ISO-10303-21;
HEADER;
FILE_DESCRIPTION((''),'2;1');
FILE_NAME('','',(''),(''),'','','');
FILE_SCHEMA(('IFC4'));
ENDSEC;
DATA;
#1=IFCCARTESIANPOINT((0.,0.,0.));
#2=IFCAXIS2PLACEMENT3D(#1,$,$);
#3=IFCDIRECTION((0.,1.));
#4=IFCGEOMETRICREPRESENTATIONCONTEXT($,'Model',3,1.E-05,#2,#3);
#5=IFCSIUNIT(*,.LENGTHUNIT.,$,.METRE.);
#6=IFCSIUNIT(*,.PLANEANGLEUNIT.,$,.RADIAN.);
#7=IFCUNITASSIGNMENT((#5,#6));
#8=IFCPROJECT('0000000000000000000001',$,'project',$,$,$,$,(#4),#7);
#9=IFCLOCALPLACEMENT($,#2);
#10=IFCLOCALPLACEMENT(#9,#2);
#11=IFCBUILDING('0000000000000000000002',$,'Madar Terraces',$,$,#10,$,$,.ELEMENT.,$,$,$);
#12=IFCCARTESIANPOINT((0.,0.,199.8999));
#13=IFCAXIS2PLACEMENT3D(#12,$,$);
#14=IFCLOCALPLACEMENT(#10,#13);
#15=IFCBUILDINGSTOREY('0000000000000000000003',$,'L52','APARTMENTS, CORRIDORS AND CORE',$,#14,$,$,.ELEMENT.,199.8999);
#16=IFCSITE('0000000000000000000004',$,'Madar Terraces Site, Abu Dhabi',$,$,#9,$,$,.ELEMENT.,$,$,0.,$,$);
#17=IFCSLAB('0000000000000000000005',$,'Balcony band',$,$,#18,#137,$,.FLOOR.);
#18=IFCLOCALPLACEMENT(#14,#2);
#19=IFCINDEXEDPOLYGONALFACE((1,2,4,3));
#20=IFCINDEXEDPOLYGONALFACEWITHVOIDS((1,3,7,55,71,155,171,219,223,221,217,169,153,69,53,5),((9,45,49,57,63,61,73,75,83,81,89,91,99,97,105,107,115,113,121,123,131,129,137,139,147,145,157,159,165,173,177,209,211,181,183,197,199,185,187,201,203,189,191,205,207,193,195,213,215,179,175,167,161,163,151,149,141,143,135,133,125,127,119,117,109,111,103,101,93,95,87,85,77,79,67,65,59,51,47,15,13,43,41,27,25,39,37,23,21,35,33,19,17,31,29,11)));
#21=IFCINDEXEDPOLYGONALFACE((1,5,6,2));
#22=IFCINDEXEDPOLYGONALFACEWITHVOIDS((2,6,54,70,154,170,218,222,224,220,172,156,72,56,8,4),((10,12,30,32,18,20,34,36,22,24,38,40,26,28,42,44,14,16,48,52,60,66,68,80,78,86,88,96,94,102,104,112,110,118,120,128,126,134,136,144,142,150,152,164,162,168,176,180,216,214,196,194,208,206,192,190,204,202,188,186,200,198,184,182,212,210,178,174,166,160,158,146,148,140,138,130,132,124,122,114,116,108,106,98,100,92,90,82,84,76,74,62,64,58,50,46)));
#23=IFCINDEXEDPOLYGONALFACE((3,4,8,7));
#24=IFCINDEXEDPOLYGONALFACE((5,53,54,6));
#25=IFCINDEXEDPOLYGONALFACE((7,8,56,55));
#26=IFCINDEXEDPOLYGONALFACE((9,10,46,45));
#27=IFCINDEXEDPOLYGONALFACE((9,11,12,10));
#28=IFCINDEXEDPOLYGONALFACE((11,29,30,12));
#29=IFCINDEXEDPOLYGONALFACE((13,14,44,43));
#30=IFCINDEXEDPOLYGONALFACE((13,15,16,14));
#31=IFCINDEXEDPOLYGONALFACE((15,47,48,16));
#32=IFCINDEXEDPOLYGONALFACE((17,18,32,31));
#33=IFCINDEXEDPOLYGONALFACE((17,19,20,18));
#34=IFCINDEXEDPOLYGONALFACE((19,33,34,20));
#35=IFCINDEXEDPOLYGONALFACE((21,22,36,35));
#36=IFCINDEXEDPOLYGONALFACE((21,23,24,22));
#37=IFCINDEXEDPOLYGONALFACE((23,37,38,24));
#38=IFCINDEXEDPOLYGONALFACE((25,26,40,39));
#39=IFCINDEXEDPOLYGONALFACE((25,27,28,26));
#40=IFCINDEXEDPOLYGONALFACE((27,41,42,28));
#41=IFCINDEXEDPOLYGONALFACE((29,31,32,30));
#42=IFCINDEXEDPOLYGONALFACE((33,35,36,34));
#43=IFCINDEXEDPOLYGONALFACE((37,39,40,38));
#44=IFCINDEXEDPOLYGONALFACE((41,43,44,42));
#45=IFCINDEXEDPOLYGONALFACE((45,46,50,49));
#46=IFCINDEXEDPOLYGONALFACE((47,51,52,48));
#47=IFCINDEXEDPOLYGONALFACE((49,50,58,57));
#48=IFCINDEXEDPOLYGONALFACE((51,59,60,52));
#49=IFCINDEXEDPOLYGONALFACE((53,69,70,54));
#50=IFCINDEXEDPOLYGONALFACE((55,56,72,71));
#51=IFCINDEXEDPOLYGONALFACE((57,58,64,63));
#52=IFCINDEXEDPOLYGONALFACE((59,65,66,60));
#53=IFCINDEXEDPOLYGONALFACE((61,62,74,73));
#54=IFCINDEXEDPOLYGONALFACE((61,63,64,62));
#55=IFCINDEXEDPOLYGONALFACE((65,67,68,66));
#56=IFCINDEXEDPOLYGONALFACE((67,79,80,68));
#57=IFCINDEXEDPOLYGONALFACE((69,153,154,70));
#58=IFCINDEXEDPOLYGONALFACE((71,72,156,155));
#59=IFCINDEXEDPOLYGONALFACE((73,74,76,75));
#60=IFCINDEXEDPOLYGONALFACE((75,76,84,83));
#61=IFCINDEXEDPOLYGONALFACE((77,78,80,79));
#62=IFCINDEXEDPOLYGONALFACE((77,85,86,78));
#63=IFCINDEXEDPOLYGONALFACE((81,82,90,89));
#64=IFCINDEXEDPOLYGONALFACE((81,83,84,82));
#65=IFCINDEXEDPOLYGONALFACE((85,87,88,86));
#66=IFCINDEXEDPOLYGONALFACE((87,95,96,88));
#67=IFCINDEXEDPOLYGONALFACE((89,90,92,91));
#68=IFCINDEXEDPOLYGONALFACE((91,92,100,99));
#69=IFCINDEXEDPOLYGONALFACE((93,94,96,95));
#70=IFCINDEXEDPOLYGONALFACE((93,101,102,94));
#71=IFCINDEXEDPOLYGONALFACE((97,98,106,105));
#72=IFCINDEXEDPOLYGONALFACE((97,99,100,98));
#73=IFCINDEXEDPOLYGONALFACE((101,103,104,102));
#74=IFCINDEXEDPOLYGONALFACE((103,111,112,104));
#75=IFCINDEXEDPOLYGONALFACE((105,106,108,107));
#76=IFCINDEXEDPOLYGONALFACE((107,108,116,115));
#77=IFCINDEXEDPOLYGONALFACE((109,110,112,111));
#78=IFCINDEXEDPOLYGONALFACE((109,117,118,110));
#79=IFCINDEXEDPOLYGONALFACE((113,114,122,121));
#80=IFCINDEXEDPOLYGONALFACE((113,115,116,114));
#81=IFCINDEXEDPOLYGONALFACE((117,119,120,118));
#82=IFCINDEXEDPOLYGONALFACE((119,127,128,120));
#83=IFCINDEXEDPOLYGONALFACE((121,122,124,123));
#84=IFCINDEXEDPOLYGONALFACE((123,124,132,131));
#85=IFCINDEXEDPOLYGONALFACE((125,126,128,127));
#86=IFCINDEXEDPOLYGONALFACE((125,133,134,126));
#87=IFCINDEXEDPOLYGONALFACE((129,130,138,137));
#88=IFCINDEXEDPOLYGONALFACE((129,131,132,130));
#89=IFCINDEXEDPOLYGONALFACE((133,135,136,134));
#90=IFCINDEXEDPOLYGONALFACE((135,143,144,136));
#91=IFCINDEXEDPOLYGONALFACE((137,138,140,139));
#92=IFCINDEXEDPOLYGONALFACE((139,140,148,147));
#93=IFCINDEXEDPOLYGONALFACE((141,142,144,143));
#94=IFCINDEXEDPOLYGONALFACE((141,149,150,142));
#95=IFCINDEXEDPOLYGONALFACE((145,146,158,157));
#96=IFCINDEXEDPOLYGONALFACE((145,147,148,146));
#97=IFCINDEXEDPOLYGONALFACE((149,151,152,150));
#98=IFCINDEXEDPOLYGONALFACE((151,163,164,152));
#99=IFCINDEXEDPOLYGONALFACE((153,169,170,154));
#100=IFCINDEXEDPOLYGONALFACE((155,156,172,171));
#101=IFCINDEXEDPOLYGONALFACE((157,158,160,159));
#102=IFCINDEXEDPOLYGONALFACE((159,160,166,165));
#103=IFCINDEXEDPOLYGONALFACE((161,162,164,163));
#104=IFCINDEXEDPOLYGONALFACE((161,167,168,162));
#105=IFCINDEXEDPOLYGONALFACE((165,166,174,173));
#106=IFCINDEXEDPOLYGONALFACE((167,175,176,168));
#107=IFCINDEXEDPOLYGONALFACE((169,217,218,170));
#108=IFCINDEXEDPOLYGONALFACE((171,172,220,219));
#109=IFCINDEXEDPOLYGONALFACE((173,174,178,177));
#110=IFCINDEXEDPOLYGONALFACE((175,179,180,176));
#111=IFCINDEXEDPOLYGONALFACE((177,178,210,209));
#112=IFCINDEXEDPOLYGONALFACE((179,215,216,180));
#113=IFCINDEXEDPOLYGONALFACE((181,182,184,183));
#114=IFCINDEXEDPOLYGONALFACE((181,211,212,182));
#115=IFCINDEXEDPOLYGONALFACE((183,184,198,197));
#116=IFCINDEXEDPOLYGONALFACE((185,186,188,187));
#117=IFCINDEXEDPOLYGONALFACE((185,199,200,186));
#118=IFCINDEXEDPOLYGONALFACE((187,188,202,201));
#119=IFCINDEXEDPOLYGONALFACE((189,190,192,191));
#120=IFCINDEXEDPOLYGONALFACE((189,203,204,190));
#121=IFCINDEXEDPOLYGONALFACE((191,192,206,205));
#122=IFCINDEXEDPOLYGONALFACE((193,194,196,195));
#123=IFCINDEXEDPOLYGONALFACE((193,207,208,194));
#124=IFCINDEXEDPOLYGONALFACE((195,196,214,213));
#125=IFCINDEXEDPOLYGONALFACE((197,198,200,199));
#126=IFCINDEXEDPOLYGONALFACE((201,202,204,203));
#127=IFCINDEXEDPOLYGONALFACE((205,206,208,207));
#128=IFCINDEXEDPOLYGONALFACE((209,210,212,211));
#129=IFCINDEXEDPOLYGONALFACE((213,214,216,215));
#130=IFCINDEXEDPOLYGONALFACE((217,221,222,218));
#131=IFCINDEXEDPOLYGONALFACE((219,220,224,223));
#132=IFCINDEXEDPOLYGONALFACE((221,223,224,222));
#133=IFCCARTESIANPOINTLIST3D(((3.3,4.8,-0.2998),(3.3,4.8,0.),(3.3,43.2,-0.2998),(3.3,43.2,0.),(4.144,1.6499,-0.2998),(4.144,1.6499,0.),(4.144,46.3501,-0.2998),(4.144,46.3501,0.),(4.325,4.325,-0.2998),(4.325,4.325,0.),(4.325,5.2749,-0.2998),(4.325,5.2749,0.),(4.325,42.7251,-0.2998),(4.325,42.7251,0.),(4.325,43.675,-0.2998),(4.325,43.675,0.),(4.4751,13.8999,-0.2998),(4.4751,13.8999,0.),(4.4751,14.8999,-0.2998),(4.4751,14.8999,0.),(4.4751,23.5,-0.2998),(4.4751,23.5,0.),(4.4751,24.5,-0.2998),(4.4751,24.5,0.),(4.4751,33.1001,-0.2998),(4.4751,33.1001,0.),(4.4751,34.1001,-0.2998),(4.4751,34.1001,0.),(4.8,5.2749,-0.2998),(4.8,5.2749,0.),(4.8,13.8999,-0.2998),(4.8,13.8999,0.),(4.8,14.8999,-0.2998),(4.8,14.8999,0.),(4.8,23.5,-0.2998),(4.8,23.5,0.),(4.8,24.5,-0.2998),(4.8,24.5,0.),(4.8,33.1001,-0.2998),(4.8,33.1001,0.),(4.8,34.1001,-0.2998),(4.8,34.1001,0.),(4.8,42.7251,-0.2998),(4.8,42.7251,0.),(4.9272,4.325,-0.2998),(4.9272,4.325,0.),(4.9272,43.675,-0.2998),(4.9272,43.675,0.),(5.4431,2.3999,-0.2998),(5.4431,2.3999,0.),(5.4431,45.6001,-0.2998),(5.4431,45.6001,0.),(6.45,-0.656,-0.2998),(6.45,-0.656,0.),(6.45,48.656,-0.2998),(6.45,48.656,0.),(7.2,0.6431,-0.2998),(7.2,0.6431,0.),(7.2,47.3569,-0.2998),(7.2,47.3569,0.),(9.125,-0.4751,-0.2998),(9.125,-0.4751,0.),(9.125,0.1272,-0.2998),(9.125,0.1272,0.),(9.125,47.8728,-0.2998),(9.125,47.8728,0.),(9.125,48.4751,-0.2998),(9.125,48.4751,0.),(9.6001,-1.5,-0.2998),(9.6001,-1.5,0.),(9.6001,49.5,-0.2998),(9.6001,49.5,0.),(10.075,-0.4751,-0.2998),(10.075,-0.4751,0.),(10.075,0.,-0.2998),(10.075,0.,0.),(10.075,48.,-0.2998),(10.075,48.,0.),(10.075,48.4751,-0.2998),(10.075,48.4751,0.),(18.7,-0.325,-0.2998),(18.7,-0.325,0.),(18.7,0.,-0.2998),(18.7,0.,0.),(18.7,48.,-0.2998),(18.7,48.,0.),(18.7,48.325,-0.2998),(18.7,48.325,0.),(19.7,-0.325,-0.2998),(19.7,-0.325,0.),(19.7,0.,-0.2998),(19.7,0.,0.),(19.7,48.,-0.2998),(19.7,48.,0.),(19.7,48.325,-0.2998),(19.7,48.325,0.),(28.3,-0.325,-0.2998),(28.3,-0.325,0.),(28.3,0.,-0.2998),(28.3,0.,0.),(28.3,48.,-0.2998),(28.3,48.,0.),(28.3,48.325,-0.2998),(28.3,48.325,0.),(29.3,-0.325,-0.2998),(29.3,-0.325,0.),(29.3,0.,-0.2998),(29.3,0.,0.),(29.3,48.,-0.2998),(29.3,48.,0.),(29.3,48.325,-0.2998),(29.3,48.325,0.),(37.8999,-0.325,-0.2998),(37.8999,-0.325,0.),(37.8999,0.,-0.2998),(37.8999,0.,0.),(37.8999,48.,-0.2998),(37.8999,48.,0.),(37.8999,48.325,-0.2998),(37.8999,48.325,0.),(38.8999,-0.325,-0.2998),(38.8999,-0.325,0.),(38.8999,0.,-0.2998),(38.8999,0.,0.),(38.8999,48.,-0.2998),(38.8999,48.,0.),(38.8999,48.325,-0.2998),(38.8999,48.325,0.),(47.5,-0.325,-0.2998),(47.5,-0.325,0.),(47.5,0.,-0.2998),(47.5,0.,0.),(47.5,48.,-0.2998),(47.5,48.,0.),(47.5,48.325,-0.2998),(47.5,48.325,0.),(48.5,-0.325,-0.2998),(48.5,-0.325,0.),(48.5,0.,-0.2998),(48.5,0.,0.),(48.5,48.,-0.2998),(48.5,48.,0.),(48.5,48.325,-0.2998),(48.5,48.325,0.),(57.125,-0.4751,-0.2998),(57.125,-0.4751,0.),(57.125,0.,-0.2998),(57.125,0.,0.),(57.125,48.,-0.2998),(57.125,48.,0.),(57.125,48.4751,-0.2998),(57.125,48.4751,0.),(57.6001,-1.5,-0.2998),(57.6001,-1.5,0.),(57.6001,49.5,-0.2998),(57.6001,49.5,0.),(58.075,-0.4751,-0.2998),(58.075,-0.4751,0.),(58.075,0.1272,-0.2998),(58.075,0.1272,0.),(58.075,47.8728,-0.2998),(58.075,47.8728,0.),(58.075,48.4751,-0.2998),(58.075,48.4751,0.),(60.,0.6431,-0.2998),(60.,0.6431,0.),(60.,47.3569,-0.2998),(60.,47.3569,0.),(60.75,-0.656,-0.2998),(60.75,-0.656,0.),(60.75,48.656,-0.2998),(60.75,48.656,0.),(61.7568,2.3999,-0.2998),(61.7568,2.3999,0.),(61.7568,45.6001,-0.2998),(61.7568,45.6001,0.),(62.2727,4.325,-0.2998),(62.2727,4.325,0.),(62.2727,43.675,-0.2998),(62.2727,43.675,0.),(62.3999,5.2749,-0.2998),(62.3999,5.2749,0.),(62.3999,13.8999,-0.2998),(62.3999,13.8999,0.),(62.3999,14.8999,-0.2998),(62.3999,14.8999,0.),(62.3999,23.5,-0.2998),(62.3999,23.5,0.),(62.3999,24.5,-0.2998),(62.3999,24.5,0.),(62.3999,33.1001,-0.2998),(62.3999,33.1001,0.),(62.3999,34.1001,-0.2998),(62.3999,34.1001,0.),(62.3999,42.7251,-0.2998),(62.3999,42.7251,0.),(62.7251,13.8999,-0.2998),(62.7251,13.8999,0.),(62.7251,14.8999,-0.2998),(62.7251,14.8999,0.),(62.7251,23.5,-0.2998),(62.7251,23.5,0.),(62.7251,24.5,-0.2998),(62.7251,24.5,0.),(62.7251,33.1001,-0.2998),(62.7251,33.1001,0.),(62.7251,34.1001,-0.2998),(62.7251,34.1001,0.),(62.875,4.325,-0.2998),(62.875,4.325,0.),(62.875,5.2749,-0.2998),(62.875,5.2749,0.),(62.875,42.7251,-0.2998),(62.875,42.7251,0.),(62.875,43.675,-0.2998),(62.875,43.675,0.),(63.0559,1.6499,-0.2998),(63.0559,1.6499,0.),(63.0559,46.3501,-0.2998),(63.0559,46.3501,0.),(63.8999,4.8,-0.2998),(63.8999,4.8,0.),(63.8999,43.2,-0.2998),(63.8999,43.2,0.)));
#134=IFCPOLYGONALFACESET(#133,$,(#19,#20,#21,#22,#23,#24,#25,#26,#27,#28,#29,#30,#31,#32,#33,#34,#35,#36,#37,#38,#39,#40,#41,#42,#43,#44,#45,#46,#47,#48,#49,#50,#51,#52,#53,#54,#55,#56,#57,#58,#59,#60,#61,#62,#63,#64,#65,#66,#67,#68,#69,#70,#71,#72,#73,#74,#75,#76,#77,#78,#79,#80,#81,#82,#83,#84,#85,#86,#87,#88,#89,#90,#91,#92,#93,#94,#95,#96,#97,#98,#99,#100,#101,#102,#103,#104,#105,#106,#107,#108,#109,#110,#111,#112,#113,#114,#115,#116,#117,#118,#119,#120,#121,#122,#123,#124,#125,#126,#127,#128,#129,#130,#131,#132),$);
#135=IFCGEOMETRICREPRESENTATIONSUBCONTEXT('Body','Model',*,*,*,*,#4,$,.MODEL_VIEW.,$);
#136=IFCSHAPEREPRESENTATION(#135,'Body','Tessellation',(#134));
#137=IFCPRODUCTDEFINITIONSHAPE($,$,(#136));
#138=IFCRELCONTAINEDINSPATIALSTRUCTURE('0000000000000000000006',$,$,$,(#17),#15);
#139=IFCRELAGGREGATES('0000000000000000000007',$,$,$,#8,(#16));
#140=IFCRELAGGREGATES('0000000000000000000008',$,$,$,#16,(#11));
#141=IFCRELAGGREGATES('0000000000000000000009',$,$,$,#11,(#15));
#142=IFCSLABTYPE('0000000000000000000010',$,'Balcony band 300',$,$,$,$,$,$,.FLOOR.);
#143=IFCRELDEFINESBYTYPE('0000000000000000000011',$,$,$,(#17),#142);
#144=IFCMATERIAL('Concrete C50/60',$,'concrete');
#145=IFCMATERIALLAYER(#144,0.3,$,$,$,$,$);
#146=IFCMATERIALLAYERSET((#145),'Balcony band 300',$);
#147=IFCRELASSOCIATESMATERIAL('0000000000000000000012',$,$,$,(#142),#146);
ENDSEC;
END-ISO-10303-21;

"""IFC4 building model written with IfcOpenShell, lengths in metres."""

from ifc_helpers import new_model, si_unit, direction, frame, origin, place, context, subcontext, project, spatial, polyline, outline, extrude, material, layer, layer_set, type_object, element, save


model = new_model("IFC4")

# Units and contexts
model_context = context("Model", 3, precision=1e-05, world=origin(), true_north=direction((0.0, 1.0)))
body_context = subcontext(model_context, "Body", "Model", "MODEL_VIEW")
ifc_project = project(units=[si_unit("LENGTHUNIT", "METRE"), si_unit("PLANEANGLEUNIT", "RADIAN")], contexts=[model_context])

# Site, building, storey
site_placement = place(None, origin())
site = spatial("IfcSite", under=ifc_project, at=site_placement, Name="Madar Terraces Site, Abu Dhabi", CompositionType="ELEMENT", RefElevation=0.0)
building_placement = place(site_placement, origin())
building = spatial("IfcBuilding", under=site, at=building_placement, Name="Madar Terraces", CompositionType="ELEMENT")
storey_placement = place(building_placement, frame((0.0, 0.0, 199.8999)))
storey = spatial("IfcBuildingStorey", under=building, at=storey_placement, Name="L52", Description="APARTMENTS, CORRIDORS AND CORE", CompositionType="ELEMENT", Elevation=199.8999)

# Slab
ifc_material_1 = material(Name="Concrete C50/60", Category="concrete")
ifc_layer_1 = layer(ifc_material_1, 0.3)
ifc_layer_set_1 = layer_set([ifc_layer_1], Name="Balcony band 300")
slab_type_1 = type_object("IfcSlabType", Name="Balcony band 300", PredefinedType="FLOOR", material=ifc_layer_set_1)
slab_1_placement = place(storey_placement, frame((0.0, 0.0, -0.2998)))
element("IfcSlab", 1, at=slab_1_placement, inside=storey, type_object=slab_type_1, Name="Balcony band", PredefinedType="FLOOR", context=body_context, shape_type="SweptSolid", body=[
    extrude(outline(polyline([(9.6001, -1.5), (6.45, -0.656), (4.144, 1.6499), (3.3, 4.8), (3.3, 43.2), (4.144, 46.3501), (6.45, 48.656), (9.6001, 49.5), (57.6001, 49.5), (60.75, 48.656), (63.0559, 46.3501), (63.8999, 43.2), (63.8999, 4.8), (63.0559, 1.6499), (60.75, -0.656), (57.6001, -1.5), (9.6001, -1.5)]), holes=[polyline([(10.075, -0.4751), (10.075, 0.0), (18.7, 0.0), (18.7, -0.325), (19.7, -0.325), (19.7, 0.0), (28.3, 0.0), (28.3, -0.325), (29.3, -0.325), (29.3, 0.0), (37.8999, 0.0), (37.8999, -0.325), (38.8999, -0.325), (38.8999, 0.0), (47.5, 0.0), (47.5, -0.325), (48.5, -0.325), (48.5, 0.0), (57.125, 0.0), (57.125, -0.4751), (58.075, -0.4751), (58.075, 0.1272), (60.0, 0.6431), (61.7568, 2.3999), (62.2727, 4.325), (62.875, 4.325), (62.875, 5.2749), (62.3999, 5.2749), (62.3999, 13.8999), (62.7251, 13.8999), (62.7251, 14.8999), (62.3999, 14.8999), (62.3999, 23.5), (62.7251, 23.5), (62.7251, 24.5), (62.3999, 24.5), (62.3999, 33.1001), (62.7251, 33.1001), (62.7251, 34.1001), (62.3999, 34.1001), (62.3999, 42.7251), (62.875, 42.7251), (62.875, 43.675), (62.2727, 43.675), (61.7568, 45.6001), (60.0, 47.3569), (58.075, 47.8728), (58.075, 48.4751), (57.125, 48.4751), (57.125, 48.0), (48.5, 48.0), (48.5, 48.325), (47.5, 48.325), (47.5, 48.0), (38.8999, 48.0), (38.8999, 48.325), (37.8999, 48.325), (37.8999, 48.0), (29.3, 48.0), (29.3, 48.325), (28.3, 48.325), (28.3, 48.0), (19.7, 48.0), (19.7, 48.325), (18.7, 48.325), (18.7, 48.0), (10.075, 48.0), (10.075, 48.4751), (9.125, 48.4751), (9.125, 47.8728), (7.2, 47.3569), (5.4431, 45.6001), (4.9272, 43.675), (4.325, 43.675), (4.325, 42.7251), (4.8, 42.7251), (4.8, 34.1001), (4.4751, 34.1001), (4.4751, 33.1001), (4.8, 33.1001), (4.8, 24.5), (4.4751, 24.5), (4.4751, 23.5), (4.8, 23.5), (4.8, 14.8999), (4.4751, 14.8999), (4.4751, 13.8999), (4.8, 13.8999), (4.8, 5.2749), (4.325, 5.2749), (4.325, 4.325), (4.9272, 4.325), (5.4431, 2.3999), (7.2, 0.6431), (9.125, 0.1272), (9.125, -0.4751), (10.075, -0.4751)])]), origin(), (0.0, 0.0, 1.0), 0.2998),
])

save(model, "model.ifc")
